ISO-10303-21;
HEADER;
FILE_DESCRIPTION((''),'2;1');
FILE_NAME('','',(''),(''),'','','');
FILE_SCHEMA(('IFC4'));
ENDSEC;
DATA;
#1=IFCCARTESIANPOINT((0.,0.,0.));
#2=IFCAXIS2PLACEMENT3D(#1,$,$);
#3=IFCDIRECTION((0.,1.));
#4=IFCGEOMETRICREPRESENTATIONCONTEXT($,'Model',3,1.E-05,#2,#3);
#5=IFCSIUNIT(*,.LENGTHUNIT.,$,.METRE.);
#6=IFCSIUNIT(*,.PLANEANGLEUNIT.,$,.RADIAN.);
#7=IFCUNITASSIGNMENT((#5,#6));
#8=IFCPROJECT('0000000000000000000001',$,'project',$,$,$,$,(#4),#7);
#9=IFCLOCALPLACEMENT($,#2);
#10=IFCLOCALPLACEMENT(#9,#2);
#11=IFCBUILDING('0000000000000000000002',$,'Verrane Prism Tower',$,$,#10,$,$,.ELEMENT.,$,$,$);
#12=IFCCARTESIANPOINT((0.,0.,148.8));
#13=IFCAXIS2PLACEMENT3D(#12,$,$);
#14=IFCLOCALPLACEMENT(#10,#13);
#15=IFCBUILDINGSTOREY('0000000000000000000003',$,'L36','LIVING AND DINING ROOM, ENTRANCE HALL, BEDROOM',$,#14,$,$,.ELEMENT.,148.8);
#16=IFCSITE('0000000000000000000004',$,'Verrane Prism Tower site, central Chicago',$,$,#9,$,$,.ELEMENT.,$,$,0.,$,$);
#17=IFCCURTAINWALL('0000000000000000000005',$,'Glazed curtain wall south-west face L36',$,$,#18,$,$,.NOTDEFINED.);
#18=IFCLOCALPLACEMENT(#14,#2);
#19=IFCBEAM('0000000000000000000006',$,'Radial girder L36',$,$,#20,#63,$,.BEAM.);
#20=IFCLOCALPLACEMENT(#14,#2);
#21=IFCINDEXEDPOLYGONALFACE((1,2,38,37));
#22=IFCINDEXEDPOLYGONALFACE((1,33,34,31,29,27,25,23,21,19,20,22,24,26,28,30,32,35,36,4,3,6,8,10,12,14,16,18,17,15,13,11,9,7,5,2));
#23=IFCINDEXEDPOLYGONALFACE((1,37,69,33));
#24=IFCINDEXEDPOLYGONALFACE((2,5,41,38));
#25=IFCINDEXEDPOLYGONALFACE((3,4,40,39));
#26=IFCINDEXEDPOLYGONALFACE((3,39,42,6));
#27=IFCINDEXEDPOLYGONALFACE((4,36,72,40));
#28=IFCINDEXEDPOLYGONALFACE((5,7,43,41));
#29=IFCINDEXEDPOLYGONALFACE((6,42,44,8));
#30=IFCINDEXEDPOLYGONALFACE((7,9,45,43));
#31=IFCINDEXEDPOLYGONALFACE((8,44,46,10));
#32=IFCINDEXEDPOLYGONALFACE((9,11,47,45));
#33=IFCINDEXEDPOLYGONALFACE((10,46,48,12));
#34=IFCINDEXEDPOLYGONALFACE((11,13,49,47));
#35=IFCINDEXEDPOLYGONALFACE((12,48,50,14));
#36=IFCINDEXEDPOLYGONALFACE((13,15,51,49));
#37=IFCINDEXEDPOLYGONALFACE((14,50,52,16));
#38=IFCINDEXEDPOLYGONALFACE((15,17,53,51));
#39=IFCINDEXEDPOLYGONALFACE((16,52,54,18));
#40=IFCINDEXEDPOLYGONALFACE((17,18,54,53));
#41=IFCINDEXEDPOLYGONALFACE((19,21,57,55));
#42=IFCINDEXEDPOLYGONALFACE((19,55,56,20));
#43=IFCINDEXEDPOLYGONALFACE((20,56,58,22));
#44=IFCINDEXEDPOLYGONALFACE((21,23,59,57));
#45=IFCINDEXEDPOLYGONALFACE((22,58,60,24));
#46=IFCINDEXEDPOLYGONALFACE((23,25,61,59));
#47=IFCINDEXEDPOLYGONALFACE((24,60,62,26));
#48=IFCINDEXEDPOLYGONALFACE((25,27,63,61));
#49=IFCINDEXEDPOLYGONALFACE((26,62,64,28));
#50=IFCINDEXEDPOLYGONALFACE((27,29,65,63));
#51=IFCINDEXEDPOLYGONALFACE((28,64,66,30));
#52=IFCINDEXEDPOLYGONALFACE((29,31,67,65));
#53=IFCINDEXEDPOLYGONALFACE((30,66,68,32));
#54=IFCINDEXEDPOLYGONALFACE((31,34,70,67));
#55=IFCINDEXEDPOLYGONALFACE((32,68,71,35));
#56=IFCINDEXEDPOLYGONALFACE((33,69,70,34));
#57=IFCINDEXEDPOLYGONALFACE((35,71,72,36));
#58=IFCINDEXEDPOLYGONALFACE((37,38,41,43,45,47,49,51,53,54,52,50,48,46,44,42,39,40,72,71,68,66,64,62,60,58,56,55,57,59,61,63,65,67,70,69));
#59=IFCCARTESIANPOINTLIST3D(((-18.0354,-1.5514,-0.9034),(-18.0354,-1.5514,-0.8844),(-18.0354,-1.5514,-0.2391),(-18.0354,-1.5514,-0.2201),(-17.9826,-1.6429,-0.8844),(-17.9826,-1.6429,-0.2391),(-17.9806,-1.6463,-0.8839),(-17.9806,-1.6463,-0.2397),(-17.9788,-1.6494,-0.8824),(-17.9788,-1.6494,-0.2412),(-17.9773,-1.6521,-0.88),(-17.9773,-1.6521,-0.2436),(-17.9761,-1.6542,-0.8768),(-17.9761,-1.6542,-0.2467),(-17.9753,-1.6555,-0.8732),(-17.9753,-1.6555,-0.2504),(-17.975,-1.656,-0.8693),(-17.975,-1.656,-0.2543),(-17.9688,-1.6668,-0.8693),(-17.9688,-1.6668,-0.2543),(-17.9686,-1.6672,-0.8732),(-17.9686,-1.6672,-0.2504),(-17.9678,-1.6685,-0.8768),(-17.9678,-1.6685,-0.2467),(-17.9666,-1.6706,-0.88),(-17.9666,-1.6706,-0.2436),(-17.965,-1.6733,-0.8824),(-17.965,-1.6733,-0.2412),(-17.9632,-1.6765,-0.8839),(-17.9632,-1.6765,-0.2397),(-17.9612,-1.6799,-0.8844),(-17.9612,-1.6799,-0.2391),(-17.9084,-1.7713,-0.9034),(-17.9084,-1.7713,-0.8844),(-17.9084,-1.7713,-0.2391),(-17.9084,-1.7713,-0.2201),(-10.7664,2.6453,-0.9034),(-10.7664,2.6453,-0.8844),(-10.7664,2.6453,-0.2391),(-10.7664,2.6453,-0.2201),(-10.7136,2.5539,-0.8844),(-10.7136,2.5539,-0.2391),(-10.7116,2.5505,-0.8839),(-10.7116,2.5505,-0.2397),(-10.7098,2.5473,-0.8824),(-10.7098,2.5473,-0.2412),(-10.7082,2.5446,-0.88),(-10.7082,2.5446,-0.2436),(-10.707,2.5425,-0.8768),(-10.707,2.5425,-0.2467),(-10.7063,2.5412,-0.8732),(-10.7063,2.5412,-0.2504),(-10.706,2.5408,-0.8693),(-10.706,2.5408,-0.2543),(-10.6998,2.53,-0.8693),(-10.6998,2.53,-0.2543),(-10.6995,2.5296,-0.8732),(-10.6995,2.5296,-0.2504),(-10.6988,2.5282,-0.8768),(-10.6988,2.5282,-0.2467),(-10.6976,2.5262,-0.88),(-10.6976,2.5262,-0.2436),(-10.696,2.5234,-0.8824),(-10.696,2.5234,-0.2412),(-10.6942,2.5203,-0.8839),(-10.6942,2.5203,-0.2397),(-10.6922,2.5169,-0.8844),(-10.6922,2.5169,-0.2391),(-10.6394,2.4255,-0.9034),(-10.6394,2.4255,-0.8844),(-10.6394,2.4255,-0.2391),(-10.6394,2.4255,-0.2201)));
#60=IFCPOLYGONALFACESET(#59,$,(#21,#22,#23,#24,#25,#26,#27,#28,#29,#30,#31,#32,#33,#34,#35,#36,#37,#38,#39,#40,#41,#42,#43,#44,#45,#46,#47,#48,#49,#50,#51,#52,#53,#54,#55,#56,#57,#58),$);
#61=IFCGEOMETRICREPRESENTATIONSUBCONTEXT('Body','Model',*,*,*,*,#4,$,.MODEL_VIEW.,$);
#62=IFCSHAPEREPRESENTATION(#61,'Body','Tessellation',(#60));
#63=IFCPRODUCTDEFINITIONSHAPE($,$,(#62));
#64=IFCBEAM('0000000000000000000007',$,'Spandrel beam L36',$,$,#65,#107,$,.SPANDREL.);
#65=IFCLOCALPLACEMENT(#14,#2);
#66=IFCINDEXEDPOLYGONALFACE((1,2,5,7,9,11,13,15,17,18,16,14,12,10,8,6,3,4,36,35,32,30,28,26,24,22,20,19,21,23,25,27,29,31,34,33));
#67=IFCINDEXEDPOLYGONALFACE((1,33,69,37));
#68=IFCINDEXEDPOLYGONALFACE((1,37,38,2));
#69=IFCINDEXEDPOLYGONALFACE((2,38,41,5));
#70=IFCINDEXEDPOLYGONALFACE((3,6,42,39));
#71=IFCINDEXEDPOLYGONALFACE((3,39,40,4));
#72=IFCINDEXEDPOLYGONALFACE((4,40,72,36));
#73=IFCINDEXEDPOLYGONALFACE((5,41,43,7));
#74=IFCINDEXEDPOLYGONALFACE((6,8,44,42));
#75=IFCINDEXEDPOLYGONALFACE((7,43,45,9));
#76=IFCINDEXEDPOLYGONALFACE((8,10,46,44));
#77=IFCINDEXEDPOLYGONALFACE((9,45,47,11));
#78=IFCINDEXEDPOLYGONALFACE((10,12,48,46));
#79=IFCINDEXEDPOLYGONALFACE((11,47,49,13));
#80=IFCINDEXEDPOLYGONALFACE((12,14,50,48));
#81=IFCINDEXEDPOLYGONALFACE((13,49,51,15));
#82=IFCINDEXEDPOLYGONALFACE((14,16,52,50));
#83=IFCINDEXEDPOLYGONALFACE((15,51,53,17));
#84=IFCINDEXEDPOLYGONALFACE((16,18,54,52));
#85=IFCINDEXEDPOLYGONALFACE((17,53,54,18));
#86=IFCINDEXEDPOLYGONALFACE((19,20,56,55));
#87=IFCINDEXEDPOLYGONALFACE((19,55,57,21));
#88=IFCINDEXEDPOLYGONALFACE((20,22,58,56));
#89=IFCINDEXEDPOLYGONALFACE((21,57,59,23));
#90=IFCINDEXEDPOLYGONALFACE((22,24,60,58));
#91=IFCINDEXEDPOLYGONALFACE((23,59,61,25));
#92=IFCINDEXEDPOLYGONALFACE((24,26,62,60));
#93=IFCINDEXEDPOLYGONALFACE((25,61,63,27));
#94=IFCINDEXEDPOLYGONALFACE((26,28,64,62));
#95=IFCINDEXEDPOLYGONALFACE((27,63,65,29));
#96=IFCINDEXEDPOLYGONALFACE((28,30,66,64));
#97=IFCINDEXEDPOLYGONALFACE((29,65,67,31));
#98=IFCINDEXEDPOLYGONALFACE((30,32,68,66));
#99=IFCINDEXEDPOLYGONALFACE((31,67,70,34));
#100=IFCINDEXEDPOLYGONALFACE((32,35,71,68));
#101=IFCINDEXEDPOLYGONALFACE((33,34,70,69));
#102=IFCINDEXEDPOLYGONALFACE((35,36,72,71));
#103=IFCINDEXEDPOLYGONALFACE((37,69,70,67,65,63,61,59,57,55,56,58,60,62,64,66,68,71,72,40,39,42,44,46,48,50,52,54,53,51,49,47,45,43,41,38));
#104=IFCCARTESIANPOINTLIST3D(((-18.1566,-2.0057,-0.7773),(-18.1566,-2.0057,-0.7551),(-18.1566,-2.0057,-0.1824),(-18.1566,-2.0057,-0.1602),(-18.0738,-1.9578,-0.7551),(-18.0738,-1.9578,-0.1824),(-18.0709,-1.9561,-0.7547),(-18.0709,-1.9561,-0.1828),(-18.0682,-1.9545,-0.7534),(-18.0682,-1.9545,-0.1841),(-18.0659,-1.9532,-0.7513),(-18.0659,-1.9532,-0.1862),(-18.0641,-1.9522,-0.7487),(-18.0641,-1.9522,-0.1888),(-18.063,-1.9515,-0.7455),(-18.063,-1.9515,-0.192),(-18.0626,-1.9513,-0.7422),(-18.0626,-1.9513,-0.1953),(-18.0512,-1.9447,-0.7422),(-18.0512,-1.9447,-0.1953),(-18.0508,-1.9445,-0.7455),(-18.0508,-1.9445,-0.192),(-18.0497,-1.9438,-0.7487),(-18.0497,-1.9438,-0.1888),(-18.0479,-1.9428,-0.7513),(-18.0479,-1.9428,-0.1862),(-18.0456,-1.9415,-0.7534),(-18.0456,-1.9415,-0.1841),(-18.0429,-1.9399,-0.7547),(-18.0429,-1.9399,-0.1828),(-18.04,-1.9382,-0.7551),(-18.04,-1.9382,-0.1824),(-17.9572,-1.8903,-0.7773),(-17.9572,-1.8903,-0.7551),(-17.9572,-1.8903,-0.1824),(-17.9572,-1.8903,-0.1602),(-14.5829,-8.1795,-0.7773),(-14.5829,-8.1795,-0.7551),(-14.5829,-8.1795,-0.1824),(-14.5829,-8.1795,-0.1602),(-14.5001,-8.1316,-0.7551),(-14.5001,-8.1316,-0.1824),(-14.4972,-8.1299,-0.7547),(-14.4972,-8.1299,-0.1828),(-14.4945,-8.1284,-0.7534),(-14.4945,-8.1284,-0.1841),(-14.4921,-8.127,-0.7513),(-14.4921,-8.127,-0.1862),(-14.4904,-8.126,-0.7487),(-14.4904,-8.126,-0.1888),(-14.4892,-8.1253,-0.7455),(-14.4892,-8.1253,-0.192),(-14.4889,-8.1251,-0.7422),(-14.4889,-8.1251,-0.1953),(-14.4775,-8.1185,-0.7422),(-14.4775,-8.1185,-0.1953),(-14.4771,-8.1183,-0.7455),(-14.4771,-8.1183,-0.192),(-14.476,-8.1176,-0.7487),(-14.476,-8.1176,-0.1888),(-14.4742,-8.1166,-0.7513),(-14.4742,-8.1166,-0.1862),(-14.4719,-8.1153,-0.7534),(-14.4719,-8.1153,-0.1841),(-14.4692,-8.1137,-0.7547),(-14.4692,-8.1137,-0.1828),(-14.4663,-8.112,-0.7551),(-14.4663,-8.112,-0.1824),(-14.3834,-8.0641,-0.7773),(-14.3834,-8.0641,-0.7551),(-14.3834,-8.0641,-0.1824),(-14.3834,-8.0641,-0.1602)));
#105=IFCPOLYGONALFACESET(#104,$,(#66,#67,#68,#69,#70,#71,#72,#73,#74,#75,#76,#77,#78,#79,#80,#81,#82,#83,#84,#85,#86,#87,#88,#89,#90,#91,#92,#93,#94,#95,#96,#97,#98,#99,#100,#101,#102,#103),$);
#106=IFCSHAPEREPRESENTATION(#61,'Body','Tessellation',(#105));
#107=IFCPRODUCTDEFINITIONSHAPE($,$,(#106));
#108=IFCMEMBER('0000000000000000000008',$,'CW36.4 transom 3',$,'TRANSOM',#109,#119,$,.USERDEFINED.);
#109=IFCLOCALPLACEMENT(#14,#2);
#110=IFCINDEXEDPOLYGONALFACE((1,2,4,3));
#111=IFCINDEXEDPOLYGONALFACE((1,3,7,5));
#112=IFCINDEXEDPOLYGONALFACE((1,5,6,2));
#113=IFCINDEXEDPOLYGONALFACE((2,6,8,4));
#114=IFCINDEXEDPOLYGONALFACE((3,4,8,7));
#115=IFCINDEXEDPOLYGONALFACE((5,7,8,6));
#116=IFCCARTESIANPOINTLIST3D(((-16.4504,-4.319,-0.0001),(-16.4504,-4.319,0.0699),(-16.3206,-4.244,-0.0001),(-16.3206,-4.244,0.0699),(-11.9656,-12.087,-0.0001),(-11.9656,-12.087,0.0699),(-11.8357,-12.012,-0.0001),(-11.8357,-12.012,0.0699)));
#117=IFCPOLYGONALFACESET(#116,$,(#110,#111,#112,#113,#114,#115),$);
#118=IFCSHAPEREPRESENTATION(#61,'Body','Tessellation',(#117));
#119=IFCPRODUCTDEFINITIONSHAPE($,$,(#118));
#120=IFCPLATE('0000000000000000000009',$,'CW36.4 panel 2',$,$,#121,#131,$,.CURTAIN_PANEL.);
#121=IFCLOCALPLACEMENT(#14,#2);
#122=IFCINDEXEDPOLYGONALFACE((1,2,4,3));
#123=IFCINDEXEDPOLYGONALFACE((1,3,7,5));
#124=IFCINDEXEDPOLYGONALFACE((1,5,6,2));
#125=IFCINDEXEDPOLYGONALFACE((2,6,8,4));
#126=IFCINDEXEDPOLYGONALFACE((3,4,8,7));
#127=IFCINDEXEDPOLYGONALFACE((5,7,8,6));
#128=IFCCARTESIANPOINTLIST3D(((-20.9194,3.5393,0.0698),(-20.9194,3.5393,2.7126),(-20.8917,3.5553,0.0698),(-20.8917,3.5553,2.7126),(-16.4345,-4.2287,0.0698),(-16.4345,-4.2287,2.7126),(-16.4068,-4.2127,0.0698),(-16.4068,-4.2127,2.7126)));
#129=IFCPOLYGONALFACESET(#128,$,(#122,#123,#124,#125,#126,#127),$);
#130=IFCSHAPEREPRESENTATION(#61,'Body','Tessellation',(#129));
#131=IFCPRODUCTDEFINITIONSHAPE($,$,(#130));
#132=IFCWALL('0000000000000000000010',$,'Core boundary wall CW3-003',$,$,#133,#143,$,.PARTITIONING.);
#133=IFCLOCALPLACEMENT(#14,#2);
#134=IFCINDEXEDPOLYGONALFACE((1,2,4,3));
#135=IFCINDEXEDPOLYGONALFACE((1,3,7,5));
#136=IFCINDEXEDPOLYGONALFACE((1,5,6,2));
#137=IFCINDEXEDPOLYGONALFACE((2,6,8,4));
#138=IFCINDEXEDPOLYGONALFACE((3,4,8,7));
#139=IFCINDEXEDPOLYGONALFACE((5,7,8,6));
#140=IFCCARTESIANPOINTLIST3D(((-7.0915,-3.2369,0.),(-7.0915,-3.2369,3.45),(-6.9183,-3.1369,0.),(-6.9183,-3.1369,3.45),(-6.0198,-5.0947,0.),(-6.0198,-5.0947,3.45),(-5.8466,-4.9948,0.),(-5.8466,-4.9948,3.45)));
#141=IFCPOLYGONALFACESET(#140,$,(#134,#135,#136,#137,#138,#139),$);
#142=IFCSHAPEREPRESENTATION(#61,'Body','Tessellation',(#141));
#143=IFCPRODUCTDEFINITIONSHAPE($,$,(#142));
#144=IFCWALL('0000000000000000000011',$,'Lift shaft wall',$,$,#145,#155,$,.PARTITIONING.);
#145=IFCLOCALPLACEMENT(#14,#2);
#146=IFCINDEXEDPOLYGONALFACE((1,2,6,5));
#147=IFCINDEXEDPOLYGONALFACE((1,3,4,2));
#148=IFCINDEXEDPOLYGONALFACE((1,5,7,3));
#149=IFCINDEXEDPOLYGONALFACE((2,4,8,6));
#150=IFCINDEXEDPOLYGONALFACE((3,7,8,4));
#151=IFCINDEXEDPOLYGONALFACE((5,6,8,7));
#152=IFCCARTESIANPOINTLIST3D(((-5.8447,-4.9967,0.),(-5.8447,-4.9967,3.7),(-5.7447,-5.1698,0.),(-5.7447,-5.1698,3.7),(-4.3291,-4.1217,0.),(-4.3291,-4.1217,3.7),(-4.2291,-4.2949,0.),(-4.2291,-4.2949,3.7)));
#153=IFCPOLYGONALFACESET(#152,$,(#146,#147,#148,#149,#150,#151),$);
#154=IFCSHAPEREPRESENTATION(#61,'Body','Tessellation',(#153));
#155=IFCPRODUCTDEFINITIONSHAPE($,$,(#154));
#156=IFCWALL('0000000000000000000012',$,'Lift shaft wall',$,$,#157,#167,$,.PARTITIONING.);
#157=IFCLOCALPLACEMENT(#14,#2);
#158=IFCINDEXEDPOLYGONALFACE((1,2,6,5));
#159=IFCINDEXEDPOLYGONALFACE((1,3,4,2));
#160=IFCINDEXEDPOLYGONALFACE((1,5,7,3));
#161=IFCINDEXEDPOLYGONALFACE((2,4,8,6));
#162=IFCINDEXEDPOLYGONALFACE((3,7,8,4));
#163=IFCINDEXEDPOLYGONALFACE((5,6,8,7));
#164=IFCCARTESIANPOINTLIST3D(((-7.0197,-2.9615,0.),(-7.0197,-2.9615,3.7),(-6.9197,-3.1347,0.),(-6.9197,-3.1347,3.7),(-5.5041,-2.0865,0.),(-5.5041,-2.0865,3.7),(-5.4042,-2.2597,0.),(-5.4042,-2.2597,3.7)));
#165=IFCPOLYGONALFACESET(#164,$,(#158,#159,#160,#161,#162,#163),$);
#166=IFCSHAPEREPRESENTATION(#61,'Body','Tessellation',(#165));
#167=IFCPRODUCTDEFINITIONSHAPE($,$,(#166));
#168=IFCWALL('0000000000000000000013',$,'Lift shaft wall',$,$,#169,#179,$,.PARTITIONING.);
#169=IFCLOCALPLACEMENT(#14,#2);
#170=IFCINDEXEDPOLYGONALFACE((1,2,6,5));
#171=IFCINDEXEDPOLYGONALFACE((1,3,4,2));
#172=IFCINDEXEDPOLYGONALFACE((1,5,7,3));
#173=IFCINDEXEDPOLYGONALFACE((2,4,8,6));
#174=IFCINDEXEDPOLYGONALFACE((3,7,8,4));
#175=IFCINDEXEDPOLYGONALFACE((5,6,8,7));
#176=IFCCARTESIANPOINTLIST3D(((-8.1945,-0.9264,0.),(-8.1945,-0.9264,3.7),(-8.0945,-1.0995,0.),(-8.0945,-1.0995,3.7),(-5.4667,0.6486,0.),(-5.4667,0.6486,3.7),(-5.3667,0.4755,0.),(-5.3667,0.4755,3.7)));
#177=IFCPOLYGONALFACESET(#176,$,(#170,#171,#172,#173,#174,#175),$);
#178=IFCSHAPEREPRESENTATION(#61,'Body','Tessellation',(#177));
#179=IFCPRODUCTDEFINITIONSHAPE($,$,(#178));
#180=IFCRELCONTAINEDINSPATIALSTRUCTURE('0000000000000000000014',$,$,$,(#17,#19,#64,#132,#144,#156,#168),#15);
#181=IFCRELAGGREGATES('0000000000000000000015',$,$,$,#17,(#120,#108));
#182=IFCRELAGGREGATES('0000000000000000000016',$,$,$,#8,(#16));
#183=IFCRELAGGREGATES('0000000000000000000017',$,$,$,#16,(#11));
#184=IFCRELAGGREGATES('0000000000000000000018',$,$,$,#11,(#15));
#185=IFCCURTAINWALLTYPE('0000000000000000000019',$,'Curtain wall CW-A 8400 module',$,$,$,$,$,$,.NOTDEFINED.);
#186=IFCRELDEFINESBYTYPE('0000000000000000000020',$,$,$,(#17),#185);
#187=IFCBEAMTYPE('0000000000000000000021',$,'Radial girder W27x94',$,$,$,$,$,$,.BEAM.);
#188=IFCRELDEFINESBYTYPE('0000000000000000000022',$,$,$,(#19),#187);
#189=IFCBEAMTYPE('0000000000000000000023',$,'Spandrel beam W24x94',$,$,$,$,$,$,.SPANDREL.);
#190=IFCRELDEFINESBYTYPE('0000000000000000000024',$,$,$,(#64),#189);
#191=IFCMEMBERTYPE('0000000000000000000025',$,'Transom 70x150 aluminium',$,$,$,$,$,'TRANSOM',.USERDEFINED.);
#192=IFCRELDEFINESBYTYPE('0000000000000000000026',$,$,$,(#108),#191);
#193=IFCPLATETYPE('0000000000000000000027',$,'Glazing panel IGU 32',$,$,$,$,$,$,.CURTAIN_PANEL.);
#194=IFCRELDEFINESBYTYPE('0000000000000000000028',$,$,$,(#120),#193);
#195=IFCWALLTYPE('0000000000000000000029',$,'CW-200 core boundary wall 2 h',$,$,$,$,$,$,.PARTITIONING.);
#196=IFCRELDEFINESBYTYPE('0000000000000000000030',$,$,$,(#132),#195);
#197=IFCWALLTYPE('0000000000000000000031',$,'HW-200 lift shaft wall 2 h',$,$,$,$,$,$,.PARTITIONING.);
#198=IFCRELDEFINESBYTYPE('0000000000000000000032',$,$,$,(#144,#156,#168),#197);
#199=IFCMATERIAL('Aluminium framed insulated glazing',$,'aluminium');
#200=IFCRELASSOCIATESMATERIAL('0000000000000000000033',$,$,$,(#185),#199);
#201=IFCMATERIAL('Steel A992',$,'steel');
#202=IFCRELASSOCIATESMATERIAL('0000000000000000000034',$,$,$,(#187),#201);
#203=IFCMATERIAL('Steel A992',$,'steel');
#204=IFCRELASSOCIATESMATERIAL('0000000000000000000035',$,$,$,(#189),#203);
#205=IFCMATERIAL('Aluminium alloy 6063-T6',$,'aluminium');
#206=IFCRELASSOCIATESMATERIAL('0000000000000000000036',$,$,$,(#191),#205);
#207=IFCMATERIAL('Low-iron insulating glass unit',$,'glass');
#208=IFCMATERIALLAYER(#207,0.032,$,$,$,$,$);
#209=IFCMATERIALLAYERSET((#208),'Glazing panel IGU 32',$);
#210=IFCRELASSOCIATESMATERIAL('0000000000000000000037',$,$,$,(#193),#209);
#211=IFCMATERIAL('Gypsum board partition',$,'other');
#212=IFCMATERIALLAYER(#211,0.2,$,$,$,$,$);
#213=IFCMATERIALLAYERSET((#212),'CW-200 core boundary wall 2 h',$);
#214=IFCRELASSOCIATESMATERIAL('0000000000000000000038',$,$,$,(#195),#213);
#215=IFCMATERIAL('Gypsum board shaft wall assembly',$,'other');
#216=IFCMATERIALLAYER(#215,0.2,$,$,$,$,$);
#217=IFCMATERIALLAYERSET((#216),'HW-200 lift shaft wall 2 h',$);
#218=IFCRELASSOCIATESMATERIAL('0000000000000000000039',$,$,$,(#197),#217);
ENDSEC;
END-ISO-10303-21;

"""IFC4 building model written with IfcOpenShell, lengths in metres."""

from ifc_helpers import new_model, si_unit, direction, frame, frame_2d, origin, origin_2d, place, context, subcontext, project, spatial, rectangle, i_section, extrude, material, layer, layer_set, material_profile, profile_set, type_object, element, aggregate, save


model = new_model("IFC4")

# Units and contexts
model_context = context("Model", 3, precision=1e-05, world=origin(), true_north=direction((0.0, 1.0)))
body_context = subcontext(model_context, "Body", "Model", "MODEL_VIEW")
ifc_project = project(units=[si_unit("LENGTHUNIT", "METRE"), si_unit("PLANEANGLEUNIT", "RADIAN")], contexts=[model_context])

# Site, building, storey
site_placement = place(None, origin())
site = spatial("IfcSite", under=ifc_project, at=site_placement, Name="Verrane Prism Tower site, central Chicago", CompositionType="ELEMENT", RefElevation=0.0)
building_placement = place(site_placement, origin())
building = spatial("IfcBuilding", under=site, at=building_placement, Name="Verrane Prism Tower", CompositionType="ELEMENT")
storey_placement = place(building_placement, frame((0.0, 0.0, 148.8)))
storey = spatial("IfcBuildingStorey", under=building, at=storey_placement, Name="L36", Description="LIVING AND DINING ROOM, ENTRANCE HALL, BEDROOM", CompositionType="ELEMENT", Elevation=148.8)

# Curtain wall
ifc_material_1 = material(Name="Aluminium framed insulated glazing", Category="aluminium")
curtain_wall_type = type_object("IfcCurtainWallType", Name="Curtain wall CW-A 8400 module", PredefinedType="NOTDEFINED", material=ifc_material_1)
curtain_wall_placement = place(storey_placement, origin())
curtain_wall = element("IfcCurtainWall", 1, at=curtain_wall_placement, inside=storey, type_object=curtain_wall_type, Name="Glazed curtain wall south-west face L36", PredefinedType="NOTDEFINED")

# Beams
ifc_material_2 = material(Name="Steel A992", Category="steel")
ifc_material_profile_1 = material_profile(ifc_material_2, i_section(OverallWidth=0.2539, OverallDepth=0.6833, WebThickness=0.0125, FlangeThickness=0.019, FilletRadius=0.0151, at=origin_2d()), Name="W27x94")
ifc_profile_set_1 = profile_set([ifc_material_profile_1], Name="Steel A992")
beam_type_1 = type_object("IfcBeamType", Name="Radial girder W27x94", PredefinedType="BEAM", material=ifc_profile_set_1)
beam_1_placement = place(storey_placement, frame((-17.9719, -1.6614, -0.5618), z_axis=(0.866026, 0.499999, 0.0), x_axis=(-0.499999, 0.866026, 0.0)))
element("IfcBeam", 2, at=beam_1_placement, inside=storey, type_object=beam_type_1, Name="Radial girder L36", PredefinedType="BEAM", context=body_context, shape_type="SweptSolid", body=[
    extrude(i_section(OverallWidth=0.2539, OverallDepth=0.6833, WebThickness=0.0125, FlangeThickness=0.019, FilletRadius=0.0151, at=origin_2d()), origin(), (0.0, 0.0, 1.0), 8.3936),
])
ifc_material_3 = material(Name="Steel A992", Category="steel")
ifc_material_profile_2 = material_profile(ifc_material_3, i_section(OverallWidth=0.2305, OverallDepth=0.6172, WebThickness=0.0132, FlangeThickness=0.0222, FilletRadius=0.0129, at=origin_2d()), Name="W24x94")
ifc_profile_set_2 = profile_set([ifc_material_profile_2], Name="Steel A992")
beam_type_2 = type_object("IfcBeamType", Name="Spandrel beam W24x94", PredefinedType="SPANDREL", material=ifc_profile_set_2)
beam_2_placement = place(storey_placement, frame((-18.0569, -1.948, -0.4688), z_axis=(0.500974, -0.865462, 0.0), x_axis=(0.865462, 0.500974, 0.0)))
element("IfcBeam", 3, at=beam_2_placement, inside=storey, type_object=beam_type_2, Name="Spandrel beam L36", PredefinedType="SPANDREL", context=body_context, shape_type="SweptSolid", body=[
    extrude(i_section(OverallWidth=0.2305, OverallDepth=0.6172, WebThickness=0.0132, FlangeThickness=0.0222, FilletRadius=0.0129, at=origin_2d()), origin(), (0.0, 0.0, 1.0), 7.1335),
])

# Member
ifc_material_4 = material(Name="Aluminium alloy 6063-T6", Category="aluminium")
ifc_material_profile_3 = material_profile(ifc_material_4, rectangle(XDim=0.1499, YDim=0.0701, at=origin_2d()), Name="Transom 70x150 aluminium")
ifc_profile_set_3 = profile_set([ifc_material_profile_3], Name="Aluminium alloy 6063-T6")
member_type_1 = type_object("IfcMemberType", Name="Transom 70x150 aluminium", ElementType="TRANSOM", PredefinedType="USERDEFINED", material=ifc_profile_set_3)
member_1_placement = place(storey_placement, frame((-16.3855, -4.2815, 0.0349), z_axis=(0.499997, -0.866027, 0.0), x_axis=(0.866027, 0.499997, 0.0)))
member_1 = element("IfcMember", 4, at=member_1_placement, type_object=member_type_1, Name="CW36.4 transom 3", ObjectType="TRANSOM", PredefinedType="USERDEFINED", context=body_context, shape_type="SweptSolid", body=[
    extrude(rectangle(XDim=0.1499, YDim=0.0701, at=origin_2d()), origin(), (0.0, 0.0, 1.0), 8.9697),
])

# Plate
ifc_material_5 = material(Name="Low-iron insulating glass unit", Category="glass")
ifc_layer_1 = layer(ifc_material_5, 0.032)
ifc_layer_set_1 = layer_set([ifc_layer_1], Name="Glazing panel IGU 32")
plate_type = type_object("IfcPlateType", Name="Glazing panel IGU 32", PredefinedType="CURTAIN_PANEL", material=ifc_layer_set_1)
plate_placement = place(storey_placement, frame((-18.6631, -0.3367, 0.0698), z_axis=(0.0, 0.0, 1.0), x_axis=(0.500001, -0.866025, 0.0)))
plate = element("IfcPlate", 5, at=plate_placement, type_object=plate_type, Name="CW36.4 panel 2", PredefinedType="CURTAIN_PANEL", context=body_context, shape_type="SweptSolid", body=[
    extrude(rectangle(XDim=8.9697, YDim=0.032, at=origin_2d()), origin(), (0.0, 0.0, 1.0), 2.6428),
])
aggregate(curtain_wall, [plate, member_1])

# Walls
ifc_material_6 = material(Name="Gypsum board partition", Category="other")
ifc_layer_2 = layer(ifc_material_6, 0.2)
ifc_layer_set_2 = layer_set([ifc_layer_2], Name="CW-200 core boundary wall 2 h")
wall_type_1 = type_object("IfcWallType", Name="CW-200 core boundary wall 2 h", PredefinedType="PARTITIONING", material=ifc_layer_set_2)
wall_1_placement = place(storey_placement, frame((-7.0049, -3.187, 0.0), z_axis=(0.0, 0.0, 1.0), x_axis=(0.49969, -0.866205, 0.0)))
element("IfcWall", 6, at=wall_1_placement, inside=storey, type_object=wall_type_1, Name="Core boundary wall CW3-003", PredefinedType="PARTITIONING", context=body_context, shape_type="SweptSolid", body=[
    extrude(rectangle(XDim=2.1448, YDim=0.2, at=frame_2d((1.0723, 0.0))), origin(), (0.0, 0.0, 1.0), 3.45),
])
ifc_material_7 = material(Name="Gypsum board shaft wall assembly", Category="other")
ifc_layer_3 = layer(ifc_material_7, 0.2)
ifc_layer_set_3 = layer_set([ifc_layer_3], Name="HW-200 lift shaft wall 2 h")
wall_type_2 = type_object("IfcWallType", Name="HW-200 lift shaft wall 2 h", PredefinedType="PARTITIONING", material=ifc_layer_set_3)
for number, where, z_axis, x_axis, name in (
    (7, (-5.7947, -5.0833, 0.0), (0.0, 0.0, 1.0), (0.866037, 0.49998, 0.0), "Lift shaft wall"),
    (8, (-6.9697, -3.0481, 0.0), (0.0, 0.0, 1.0), (0.866037, 0.49998, 0.0), "Lift shaft wall"),
):
    element("IfcWall", number, at=place(storey_placement, frame(where, z_axis=z_axis, x_axis=x_axis)), inside=storey, type_object=wall_type_2, Name=name, PredefinedType="PARTITIONING", context=body_context, shape_type="SweptSolid", body=[
        extrude(rectangle(XDim=1.75, YDim=0.2, at=frame_2d((0.875, 0.0))), origin(), (0.0, 0.0, 1.0), 3.7),
    ])
wall_2_placement = place(storey_placement, frame((-8.1445, -1.0129, 0.0), z_axis=(0.0, 0.0, 1.0), x_axis=(0.866016, 0.500015, 0.0)))
element("IfcWall", 9, at=wall_2_placement, inside=storey, type_object=wall_type_2, Name="Lift shaft wall", PredefinedType="PARTITIONING", context=body_context, shape_type="SweptSolid", body=[
    extrude(rectangle(XDim=3.1499, YDim=0.2, at=frame_2d((1.575, 0.0))), origin(), (0.0, 0.0, 1.0), 3.7),
])

save(model, "model.ifc")
